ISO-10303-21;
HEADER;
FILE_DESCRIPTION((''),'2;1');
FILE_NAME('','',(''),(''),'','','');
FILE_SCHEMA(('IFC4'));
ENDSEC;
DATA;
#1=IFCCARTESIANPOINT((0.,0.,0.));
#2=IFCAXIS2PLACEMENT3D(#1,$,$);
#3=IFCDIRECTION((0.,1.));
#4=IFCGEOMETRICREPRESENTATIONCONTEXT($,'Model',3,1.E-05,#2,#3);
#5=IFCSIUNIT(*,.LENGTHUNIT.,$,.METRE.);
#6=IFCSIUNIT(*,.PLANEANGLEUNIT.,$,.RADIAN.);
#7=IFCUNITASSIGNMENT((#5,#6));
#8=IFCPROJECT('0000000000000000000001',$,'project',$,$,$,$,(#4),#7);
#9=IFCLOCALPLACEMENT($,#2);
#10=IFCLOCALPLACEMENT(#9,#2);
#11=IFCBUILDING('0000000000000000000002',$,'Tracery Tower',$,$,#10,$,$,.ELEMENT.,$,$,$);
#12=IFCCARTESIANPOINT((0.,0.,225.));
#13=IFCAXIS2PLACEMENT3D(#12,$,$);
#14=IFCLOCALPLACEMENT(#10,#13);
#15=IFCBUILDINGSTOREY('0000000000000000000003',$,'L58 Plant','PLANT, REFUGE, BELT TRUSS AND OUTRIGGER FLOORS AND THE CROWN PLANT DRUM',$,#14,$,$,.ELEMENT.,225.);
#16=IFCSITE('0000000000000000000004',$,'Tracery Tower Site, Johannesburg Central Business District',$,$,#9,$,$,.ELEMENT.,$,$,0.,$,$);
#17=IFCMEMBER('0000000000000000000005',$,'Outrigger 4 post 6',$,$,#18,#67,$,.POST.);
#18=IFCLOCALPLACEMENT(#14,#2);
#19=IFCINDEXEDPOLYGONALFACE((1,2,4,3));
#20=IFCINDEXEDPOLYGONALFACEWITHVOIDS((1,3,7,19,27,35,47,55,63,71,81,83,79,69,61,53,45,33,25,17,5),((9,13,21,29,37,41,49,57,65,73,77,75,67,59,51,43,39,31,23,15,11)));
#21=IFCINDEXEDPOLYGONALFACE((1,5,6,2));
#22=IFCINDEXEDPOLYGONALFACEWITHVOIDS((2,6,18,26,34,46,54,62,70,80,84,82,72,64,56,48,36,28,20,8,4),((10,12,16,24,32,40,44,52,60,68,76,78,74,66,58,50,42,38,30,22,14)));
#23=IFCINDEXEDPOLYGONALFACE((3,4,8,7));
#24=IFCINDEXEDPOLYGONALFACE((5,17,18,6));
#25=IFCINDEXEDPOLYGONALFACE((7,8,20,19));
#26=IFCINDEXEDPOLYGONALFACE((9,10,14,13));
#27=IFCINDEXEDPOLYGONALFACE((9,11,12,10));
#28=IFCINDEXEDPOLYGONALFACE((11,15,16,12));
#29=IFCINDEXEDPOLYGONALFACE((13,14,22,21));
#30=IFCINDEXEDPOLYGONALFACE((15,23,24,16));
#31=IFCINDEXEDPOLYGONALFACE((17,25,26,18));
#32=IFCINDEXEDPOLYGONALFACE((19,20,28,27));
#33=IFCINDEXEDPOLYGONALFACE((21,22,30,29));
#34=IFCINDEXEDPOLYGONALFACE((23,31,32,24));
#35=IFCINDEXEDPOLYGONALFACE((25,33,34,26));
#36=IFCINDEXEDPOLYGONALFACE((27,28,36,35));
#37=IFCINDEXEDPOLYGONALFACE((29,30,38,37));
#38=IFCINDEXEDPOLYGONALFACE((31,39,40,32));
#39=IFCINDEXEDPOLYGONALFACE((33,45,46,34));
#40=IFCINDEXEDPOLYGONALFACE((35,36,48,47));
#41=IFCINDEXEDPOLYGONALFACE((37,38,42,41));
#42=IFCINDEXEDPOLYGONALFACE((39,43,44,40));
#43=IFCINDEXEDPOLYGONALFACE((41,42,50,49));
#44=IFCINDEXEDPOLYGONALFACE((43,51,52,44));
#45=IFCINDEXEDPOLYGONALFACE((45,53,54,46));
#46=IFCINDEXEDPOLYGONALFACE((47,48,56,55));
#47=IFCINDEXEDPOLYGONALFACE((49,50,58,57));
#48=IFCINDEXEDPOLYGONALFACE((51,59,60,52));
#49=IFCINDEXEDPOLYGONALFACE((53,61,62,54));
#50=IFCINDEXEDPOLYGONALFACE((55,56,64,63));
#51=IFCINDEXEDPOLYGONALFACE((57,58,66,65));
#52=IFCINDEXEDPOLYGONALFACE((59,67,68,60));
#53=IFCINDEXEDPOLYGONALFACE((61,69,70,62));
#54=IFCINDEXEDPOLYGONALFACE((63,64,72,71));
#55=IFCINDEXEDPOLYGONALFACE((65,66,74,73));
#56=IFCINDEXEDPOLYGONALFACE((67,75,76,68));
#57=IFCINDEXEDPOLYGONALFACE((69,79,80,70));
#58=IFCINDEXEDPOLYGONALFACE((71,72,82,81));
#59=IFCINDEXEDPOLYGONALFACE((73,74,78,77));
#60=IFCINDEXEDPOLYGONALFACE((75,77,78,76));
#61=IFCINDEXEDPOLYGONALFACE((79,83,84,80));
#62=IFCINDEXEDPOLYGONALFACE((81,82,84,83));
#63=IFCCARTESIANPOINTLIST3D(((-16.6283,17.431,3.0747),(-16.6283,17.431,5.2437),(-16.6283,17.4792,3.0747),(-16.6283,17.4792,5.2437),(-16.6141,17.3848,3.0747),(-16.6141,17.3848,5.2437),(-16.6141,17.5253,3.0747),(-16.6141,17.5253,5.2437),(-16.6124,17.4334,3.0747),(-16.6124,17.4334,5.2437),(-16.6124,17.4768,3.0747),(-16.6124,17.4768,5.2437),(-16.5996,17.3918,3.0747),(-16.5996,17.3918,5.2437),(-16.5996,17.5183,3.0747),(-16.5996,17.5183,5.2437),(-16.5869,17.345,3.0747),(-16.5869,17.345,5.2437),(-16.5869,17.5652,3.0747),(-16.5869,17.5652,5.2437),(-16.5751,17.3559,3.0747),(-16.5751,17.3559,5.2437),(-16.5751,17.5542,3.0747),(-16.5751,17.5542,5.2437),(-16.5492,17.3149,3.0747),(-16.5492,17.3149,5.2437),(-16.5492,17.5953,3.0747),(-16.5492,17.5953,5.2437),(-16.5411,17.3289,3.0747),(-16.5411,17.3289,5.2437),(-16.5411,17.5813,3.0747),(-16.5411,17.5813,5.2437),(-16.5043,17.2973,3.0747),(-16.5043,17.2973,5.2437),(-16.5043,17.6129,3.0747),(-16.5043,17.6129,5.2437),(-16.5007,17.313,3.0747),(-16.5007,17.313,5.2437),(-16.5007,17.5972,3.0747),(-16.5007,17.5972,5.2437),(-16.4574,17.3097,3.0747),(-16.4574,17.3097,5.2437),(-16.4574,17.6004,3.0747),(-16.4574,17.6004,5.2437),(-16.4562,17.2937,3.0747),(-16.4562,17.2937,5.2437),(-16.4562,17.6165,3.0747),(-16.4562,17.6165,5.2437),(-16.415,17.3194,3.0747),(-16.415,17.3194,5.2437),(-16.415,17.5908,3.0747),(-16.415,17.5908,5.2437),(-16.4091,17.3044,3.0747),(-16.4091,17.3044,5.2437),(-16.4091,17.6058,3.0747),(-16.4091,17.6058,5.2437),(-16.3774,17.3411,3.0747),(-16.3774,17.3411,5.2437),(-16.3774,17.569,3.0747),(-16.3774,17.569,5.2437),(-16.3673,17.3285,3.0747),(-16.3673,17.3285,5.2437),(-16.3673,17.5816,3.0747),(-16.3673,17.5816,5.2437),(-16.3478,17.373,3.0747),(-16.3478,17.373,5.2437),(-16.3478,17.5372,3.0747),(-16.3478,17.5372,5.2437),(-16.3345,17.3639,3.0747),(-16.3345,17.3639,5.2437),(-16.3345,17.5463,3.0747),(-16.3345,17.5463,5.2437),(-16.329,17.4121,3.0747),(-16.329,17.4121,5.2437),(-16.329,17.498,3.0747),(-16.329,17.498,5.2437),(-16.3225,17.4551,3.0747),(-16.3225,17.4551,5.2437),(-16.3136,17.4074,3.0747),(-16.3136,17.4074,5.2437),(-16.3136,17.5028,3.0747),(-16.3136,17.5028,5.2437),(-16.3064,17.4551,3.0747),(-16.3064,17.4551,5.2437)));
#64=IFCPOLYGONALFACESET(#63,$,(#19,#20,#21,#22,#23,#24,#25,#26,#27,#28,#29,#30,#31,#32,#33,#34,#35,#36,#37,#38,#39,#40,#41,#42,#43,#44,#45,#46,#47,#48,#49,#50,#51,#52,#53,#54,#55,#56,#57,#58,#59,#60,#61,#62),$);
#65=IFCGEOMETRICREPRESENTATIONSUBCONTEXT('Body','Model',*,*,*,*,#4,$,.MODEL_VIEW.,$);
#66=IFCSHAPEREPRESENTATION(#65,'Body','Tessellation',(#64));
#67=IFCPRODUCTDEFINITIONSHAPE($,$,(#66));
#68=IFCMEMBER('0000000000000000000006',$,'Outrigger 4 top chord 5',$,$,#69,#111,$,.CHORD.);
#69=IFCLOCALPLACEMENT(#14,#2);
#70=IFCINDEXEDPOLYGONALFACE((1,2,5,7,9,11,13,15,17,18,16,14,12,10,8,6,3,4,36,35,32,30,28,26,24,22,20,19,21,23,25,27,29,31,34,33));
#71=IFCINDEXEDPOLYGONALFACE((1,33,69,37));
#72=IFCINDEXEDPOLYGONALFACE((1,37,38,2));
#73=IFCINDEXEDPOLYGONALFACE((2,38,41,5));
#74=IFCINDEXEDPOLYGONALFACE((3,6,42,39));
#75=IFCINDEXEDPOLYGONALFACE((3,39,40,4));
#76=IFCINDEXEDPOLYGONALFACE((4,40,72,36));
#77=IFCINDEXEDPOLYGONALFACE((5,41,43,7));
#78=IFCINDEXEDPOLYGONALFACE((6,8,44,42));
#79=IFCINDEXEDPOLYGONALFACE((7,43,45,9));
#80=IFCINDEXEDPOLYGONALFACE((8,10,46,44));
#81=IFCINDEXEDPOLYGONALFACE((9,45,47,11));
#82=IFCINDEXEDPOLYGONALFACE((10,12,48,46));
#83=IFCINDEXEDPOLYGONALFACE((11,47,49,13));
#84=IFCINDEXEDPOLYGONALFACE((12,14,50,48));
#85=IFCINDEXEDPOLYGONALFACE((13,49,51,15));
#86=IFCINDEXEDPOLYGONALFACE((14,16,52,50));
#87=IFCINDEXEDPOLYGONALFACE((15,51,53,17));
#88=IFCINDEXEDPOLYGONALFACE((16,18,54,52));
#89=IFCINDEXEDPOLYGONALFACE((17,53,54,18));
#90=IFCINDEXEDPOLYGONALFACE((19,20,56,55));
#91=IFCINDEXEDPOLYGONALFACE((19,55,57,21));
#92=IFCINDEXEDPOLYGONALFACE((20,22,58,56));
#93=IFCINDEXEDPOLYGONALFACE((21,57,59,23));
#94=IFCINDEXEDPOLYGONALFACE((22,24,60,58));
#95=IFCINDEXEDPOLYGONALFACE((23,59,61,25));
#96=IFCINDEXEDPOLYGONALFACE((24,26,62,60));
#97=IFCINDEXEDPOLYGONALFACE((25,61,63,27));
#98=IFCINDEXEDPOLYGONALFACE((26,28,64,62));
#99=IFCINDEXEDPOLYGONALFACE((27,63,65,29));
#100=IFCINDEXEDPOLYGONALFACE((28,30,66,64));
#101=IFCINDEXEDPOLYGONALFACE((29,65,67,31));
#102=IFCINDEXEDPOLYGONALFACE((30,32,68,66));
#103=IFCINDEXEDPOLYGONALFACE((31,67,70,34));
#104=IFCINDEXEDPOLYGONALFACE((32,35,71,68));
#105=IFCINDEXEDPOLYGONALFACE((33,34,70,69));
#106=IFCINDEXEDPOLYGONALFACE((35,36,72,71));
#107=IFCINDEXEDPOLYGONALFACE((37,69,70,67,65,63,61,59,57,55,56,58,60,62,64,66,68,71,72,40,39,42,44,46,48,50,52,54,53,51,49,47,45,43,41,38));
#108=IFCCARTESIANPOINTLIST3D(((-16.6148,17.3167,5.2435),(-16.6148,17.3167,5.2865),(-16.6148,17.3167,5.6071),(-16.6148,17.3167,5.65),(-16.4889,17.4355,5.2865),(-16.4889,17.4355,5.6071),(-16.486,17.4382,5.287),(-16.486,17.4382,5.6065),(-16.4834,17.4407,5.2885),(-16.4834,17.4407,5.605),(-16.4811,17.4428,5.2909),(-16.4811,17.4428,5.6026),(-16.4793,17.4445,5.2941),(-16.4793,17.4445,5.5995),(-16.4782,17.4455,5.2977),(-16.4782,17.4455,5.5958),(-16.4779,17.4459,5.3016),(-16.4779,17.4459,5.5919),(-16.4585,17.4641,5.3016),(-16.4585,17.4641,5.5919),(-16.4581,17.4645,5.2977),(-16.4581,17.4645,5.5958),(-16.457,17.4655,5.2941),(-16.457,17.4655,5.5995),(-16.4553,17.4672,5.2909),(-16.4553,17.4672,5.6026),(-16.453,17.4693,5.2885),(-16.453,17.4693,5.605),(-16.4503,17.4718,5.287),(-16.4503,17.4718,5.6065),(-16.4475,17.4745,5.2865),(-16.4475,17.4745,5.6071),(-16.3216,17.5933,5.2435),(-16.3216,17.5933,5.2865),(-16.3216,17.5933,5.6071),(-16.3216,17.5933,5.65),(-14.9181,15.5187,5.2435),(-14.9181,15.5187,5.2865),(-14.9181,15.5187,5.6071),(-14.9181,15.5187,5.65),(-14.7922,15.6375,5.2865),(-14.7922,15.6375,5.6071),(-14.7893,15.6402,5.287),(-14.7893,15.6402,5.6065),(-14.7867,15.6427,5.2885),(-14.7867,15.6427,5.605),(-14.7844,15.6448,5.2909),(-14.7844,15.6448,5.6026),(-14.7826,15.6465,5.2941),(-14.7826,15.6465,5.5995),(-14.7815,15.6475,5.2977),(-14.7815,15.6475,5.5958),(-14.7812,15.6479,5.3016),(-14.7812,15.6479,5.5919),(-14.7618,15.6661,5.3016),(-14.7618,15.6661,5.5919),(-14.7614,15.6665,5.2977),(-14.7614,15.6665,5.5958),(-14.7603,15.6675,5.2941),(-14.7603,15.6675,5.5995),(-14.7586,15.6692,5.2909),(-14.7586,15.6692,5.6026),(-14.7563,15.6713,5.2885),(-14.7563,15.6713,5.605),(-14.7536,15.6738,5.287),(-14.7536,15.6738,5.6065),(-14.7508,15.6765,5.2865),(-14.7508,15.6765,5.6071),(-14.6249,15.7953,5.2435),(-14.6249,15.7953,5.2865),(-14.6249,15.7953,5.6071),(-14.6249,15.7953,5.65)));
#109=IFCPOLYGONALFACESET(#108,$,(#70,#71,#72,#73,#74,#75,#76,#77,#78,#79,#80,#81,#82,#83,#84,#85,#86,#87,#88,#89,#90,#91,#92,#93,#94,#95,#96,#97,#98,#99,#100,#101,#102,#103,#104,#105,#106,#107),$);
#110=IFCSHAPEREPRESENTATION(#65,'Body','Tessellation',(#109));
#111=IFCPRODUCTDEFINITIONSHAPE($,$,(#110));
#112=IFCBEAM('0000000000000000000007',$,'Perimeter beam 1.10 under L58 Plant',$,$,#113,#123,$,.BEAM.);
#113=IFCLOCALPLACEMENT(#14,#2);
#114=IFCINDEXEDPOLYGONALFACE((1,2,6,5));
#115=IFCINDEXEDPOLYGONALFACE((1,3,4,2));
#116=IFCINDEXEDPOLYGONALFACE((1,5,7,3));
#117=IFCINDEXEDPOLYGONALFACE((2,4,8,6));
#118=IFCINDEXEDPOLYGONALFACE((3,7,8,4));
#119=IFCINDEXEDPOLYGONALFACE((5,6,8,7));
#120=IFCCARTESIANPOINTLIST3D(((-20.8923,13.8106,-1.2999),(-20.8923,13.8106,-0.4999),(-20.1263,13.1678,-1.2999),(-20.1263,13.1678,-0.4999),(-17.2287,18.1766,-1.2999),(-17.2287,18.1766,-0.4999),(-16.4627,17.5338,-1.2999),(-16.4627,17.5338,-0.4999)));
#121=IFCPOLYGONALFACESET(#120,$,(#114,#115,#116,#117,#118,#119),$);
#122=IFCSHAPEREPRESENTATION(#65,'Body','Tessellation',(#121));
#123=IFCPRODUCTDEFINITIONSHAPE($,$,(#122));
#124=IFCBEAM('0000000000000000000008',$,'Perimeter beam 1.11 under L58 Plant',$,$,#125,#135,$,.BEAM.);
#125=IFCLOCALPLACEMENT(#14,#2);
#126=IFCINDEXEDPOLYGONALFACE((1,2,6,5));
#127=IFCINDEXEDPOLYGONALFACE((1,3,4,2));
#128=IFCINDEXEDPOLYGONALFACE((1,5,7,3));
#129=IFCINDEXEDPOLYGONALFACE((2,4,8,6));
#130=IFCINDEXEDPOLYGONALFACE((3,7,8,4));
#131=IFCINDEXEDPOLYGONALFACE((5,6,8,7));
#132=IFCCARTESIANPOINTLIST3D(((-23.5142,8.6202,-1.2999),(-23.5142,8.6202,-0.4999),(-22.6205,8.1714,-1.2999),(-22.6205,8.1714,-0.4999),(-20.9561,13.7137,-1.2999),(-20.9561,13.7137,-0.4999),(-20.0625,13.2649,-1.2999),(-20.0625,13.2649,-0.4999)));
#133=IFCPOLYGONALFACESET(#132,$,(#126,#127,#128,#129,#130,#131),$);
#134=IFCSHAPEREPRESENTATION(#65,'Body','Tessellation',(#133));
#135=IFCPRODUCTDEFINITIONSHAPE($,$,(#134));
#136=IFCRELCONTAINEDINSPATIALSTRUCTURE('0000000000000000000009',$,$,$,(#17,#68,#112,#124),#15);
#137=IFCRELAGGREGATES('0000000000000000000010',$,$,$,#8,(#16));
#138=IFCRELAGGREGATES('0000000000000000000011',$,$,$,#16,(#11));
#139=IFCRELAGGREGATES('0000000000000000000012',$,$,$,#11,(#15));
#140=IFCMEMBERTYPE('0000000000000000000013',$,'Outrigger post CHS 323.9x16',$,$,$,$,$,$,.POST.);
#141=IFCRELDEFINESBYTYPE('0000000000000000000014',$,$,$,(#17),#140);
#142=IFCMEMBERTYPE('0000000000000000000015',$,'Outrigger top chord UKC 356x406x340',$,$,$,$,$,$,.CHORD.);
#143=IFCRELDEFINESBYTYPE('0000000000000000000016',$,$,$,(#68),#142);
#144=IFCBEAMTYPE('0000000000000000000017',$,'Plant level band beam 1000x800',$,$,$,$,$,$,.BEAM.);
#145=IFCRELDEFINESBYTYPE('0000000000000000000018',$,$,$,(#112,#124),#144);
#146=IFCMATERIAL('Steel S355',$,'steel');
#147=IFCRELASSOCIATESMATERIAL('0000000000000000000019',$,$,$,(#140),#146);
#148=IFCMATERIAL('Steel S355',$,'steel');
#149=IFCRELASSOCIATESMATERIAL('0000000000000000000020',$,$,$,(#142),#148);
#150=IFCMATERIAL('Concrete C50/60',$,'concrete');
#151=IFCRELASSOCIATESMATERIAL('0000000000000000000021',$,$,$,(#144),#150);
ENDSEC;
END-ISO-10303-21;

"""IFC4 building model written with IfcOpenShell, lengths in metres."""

from ifc_helpers import new_model, si_unit, direction, frame, origin, origin_2d, place, context, subcontext, project, spatial, rectangle, hollow_circle, i_section, extrude, material, material_profile, profile_set, type_object, element, save


model = new_model("IFC4")

# Units and contexts
model_context = context("Model", 3, precision=1e-05, world=origin(), true_north=direction((0.0, 1.0)))
body_context = subcontext(model_context, "Body", "Model", "MODEL_VIEW")
ifc_project = project(units=[si_unit("LENGTHUNIT", "METRE"), si_unit("PLANEANGLEUNIT", "RADIAN")], contexts=[model_context])

# Site, building, storey
site_placement = place(None, origin())
site = spatial("IfcSite", under=ifc_project, at=site_placement, Name="Tracery Tower Site, Johannesburg Central Business District", CompositionType="ELEMENT", RefElevation=0.0)
building_placement = place(site_placement, origin())
building = spatial("IfcBuilding", under=site, at=building_placement, Name="Tracery Tower", CompositionType="ELEMENT")
storey_placement = place(building_placement, frame((0.0, 0.0, 225.0)))
storey = spatial("IfcBuildingStorey", under=building, at=storey_placement, Name="L58 Plant", Description="PLANT, REFUGE, BELT TRUSS AND OUTRIGGER FLOORS AND THE CROWN PLANT DRUM", CompositionType="ELEMENT", Elevation=225.0)

# Members
ifc_material_1 = material(Name="Steel S355", Category="steel")
ifc_material_profile_1 = material_profile(ifc_material_1, hollow_circle(Radius=0.1619, WallThickness=0.0161, at=origin_2d()), Name="CHS 323.9x16")
ifc_profile_set_1 = profile_set([ifc_material_profile_1], Name="Steel S355")
member_type_1 = type_object("IfcMemberType", Name="Outrigger post CHS 323.9x16", PredefinedType="POST", material=ifc_profile_set_1)
member_1_placement = place(storey_placement, frame((-16.4683, 17.4551, 3.0747), z_axis=(0.0, 0.0, 1.0), x_axis=(1.0, 0.0, 0.0)))
element("IfcMember", 1, at=member_1_placement, inside=storey, type_object=member_type_1, Name="Outrigger 4 post 6", PredefinedType="POST", context=body_context, shape_type="SweptSolid", body=[
    extrude(hollow_circle(Radius=0.1619, WallThickness=0.0161, at=origin_2d()), origin(), (0.0, 0.0, 1.0), 2.1689),
])
ifc_material_2 = material(Name="Steel S355", Category="steel")
ifc_material_profile_2 = material_profile(ifc_material_2, i_section(OverallWidth=0.4031, OverallDepth=0.4065, WebThickness=0.0266, FlangeThickness=0.043, FilletRadius=0.0151, at=origin_2d()), Name="UKC 356x406x340")
ifc_profile_set_2 = profile_set([ifc_material_profile_2], Name="Steel S355")
member_type_2 = type_object("IfcMemberType", Name="Outrigger top chord UKC 356x406x340", PredefinedType="CHORD", material=ifc_profile_set_2)
member_2_placement = place(storey_placement, frame((-14.7715, 15.657, 5.4468), z_axis=(-0.686319, 0.727301, 0.0), x_axis=(-0.727301, -0.686319, 0.0)))
element("IfcMember", 2, at=member_2_placement, inside=storey, type_object=member_type_2, Name="Outrigger 4 top chord 5", PredefinedType="CHORD", context=body_context, shape_type="SweptSolid", body=[
    extrude(i_section(OverallWidth=0.4031, OverallDepth=0.4065, WebThickness=0.0266, FlangeThickness=0.043, FilletRadius=0.0151, at=origin_2d()), origin(), (0.0, 0.0, 1.0), 2.4722),
])

# Beams
ifc_material_3 = material(Name="Concrete C50/60", Category="concrete")
ifc_material_profile_3 = material_profile(ifc_material_3, rectangle(XDim=1.0, YDim=0.8, at=origin_2d()), Name="RC 1000x800")
ifc_profile_set_3 = profile_set([ifc_material_profile_3], Name="Concrete C50/60")
beam_type = type_object("IfcBeamType", Name="Plant level band beam 1000x800", PredefinedType="BEAM", material=ifc_profile_set_3)
beam_1_placement = place(storey_placement, frame((-16.8457, 17.8552, -0.8999), z_axis=(-0.642797, -0.766036, 0.0), x_axis=(0.766036, -0.642797, 0.0)))
element("IfcBeam", 3, at=beam_1_placement, inside=storey, type_object=beam_type, Name="Perimeter beam 1.10 under L58 Plant", PredefinedType="BEAM", context=body_context, shape_type="SweptSolid", body=[
    extrude(rectangle(XDim=1.0, YDim=0.8, at=origin_2d()), origin(), (0.0, 0.0, 1.0), 5.6995),
])
beam_2_placement = place(storey_placement, frame((-20.5093, 13.4893, -0.8999), z_axis=(-0.448806, -0.893629, 0.0), x_axis=(0.893629, -0.448806, 0.0)))
element("IfcBeam", 4, at=beam_2_placement, inside=storey, type_object=beam_type, Name="Perimeter beam 1.11 under L58 Plant", PredefinedType="BEAM", context=body_context, shape_type="SweptSolid", body=[
    extrude(rectangle(XDim=1.0, YDim=0.8, at=origin_2d()), origin(), (0.0, 0.0, 1.0), 5.6997),
])

save(model, "model.ifc")
